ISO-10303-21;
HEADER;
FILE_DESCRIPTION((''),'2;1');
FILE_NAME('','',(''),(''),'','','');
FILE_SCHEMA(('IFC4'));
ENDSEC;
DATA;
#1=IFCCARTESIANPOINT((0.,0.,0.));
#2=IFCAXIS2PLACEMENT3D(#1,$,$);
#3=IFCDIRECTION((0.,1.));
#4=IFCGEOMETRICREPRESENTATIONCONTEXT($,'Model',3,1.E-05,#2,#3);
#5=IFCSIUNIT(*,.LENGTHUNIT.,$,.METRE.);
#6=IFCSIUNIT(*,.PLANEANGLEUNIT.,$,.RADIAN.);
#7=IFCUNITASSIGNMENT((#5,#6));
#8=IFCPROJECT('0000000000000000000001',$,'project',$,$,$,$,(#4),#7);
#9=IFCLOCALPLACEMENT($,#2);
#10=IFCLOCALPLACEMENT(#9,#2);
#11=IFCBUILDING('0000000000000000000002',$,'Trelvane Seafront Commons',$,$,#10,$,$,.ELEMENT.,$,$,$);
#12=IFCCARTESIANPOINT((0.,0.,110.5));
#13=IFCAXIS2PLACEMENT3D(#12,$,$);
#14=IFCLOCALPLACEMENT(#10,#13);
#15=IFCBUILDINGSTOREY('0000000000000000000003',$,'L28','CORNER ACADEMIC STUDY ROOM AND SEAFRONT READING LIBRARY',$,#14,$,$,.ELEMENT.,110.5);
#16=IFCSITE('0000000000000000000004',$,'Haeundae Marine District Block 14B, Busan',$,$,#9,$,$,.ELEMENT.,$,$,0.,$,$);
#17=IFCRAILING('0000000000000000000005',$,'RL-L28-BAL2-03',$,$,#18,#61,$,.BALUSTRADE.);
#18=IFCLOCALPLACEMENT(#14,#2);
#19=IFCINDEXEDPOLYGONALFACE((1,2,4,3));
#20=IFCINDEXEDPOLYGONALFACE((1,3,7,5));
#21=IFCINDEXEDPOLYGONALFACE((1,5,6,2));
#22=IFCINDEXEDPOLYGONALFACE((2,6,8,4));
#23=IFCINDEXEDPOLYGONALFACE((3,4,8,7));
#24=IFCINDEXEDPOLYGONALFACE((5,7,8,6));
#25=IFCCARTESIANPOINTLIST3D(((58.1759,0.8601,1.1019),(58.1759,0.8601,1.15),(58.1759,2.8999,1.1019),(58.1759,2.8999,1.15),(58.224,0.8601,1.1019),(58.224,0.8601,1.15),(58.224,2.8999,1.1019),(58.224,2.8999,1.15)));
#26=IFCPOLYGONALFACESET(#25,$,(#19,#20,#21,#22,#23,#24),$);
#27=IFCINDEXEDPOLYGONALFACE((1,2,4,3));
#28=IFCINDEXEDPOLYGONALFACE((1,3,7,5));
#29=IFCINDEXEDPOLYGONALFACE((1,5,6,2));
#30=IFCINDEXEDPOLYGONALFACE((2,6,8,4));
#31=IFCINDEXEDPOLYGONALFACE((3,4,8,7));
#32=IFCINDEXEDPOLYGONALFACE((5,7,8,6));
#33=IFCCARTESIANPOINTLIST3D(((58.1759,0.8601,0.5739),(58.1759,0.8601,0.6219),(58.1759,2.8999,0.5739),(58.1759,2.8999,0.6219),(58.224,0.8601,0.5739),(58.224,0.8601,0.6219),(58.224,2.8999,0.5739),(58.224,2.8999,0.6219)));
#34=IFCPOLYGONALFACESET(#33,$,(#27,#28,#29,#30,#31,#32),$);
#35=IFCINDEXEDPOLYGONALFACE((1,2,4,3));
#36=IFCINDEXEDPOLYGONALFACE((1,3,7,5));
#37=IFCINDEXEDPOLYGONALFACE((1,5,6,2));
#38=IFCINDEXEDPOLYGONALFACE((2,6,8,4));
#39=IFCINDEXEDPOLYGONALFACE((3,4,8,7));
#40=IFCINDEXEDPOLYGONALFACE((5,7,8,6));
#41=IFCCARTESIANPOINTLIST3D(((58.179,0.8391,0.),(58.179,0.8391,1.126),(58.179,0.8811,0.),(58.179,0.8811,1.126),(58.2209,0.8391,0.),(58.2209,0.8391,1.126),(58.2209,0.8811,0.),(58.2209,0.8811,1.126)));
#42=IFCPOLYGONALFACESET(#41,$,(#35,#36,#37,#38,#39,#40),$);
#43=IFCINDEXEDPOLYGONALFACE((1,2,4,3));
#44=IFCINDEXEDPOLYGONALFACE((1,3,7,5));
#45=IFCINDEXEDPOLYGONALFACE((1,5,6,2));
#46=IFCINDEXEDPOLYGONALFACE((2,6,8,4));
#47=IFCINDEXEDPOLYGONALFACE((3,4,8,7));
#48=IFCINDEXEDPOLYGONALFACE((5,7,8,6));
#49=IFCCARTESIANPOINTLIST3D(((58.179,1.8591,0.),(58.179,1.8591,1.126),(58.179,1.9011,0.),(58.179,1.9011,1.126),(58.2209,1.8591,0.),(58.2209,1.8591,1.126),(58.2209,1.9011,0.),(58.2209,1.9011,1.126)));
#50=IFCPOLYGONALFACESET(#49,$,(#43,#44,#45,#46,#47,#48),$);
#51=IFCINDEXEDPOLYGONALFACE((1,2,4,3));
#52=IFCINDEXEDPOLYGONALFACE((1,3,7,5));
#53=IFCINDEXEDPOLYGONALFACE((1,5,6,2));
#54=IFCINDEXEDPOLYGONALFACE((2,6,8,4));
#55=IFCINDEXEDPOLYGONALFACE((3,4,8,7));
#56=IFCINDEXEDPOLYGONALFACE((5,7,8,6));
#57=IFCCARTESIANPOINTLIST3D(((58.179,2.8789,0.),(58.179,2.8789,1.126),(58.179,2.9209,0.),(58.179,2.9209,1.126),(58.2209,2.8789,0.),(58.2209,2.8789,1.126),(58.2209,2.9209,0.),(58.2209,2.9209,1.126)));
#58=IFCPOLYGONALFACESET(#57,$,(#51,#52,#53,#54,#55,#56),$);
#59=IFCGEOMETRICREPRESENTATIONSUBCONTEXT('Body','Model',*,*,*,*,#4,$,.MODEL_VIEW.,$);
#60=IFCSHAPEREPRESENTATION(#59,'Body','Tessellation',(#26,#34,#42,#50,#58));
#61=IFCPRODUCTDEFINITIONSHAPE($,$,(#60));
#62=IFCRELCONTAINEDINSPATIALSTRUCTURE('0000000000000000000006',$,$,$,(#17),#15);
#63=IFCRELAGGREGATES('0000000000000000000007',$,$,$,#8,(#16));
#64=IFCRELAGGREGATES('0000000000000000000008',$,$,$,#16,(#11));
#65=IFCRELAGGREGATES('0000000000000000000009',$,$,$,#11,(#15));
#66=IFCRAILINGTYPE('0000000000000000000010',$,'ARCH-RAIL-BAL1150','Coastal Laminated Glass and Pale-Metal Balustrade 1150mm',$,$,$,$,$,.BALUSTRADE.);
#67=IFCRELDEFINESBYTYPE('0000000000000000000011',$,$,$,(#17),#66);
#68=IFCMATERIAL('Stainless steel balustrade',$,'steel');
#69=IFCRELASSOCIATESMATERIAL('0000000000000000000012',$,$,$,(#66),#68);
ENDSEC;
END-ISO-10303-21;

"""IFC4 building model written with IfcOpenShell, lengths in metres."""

from ifc_helpers import new_model, si_unit, direction, frame, origin, origin_2d, place, context, subcontext, project, spatial, rectangle, extrude, material, type_object, element, save


model = new_model("IFC4")

# Units and contexts
model_context = context("Model", 3, precision=1e-05, world=origin(), true_north=direction((0.0, 1.0)))
body_context = subcontext(model_context, "Body", "Model", "MODEL_VIEW")
ifc_project = project(units=[si_unit("LENGTHUNIT", "METRE"), si_unit("PLANEANGLEUNIT", "RADIAN")], contexts=[model_context])

# Site, building, storey
site_placement = place(None, origin())
site = spatial("IfcSite", under=ifc_project, at=site_placement, Name="Haeundae Marine District Block 14B, Busan", CompositionType="ELEMENT", RefElevation=0.0)
building_placement = place(site_placement, origin())
building = spatial("IfcBuilding", under=site, at=building_placement, Name="Trelvane Seafront Commons", CompositionType="ELEMENT")
storey_placement = place(building_placement, frame((0.0, 0.0, 110.5)))
storey = spatial("IfcBuildingStorey", under=building, at=storey_placement, Name="L28", Description="CORNER ACADEMIC STUDY ROOM AND SEAFRONT READING LIBRARY", CompositionType="ELEMENT", Elevation=110.5)

# Railing
ifc_material_1 = material(Name="Stainless steel balustrade", Category="steel")
railing_type = type_object("IfcRailingType", Name="ARCH-RAIL-BAL1150", Description="Coastal Laminated Glass and Pale-Metal Balustrade 1150mm", PredefinedType="BALUSTRADE", material=ifc_material_1)
railing_placement = place(storey_placement, frame((58.2, 0.8601, 0.0)))
element("IfcRailing", 1, at=railing_placement, inside=storey, type_object=railing_type, Name="RL-L28-BAL2-03", PredefinedType="BALUSTRADE", context=body_context, shape_type="SweptSolid", body=[
    extrude(rectangle(XDim=0.0481, YDim=0.0481, at=origin_2d()), frame((0.0, 0.0, 1.126), z_axis=(0.0, 1.0, 0.0), x_axis=(-1.0, 0.0, 0.0)), (0.0, 0.0, 1.0), 2.0398),
    extrude(rectangle(XDim=0.0481, YDim=0.0481, at=origin_2d()), frame((0.0, 0.0, 0.5979), z_axis=(0.0, 1.0, 0.0), x_axis=(-1.0, 0.0, 0.0)), (0.0, 0.0, 1.0), 2.0398),
    extrude(rectangle(XDim=0.042, YDim=0.042, at=origin_2d()), origin(), (0.0, 0.0, 1.0), 1.126),
    extrude(rectangle(XDim=0.042, YDim=0.042, at=origin_2d()), frame((0.0, 1.02, 0.0)), (0.0, 0.0, 1.0), 1.126),
    extrude(rectangle(XDim=0.042, YDim=0.042, at=origin_2d()), frame((0.0, 2.0398, 0.0)), (0.0, 0.0, 1.0), 1.126),
])

save(model, "model.ifc")
